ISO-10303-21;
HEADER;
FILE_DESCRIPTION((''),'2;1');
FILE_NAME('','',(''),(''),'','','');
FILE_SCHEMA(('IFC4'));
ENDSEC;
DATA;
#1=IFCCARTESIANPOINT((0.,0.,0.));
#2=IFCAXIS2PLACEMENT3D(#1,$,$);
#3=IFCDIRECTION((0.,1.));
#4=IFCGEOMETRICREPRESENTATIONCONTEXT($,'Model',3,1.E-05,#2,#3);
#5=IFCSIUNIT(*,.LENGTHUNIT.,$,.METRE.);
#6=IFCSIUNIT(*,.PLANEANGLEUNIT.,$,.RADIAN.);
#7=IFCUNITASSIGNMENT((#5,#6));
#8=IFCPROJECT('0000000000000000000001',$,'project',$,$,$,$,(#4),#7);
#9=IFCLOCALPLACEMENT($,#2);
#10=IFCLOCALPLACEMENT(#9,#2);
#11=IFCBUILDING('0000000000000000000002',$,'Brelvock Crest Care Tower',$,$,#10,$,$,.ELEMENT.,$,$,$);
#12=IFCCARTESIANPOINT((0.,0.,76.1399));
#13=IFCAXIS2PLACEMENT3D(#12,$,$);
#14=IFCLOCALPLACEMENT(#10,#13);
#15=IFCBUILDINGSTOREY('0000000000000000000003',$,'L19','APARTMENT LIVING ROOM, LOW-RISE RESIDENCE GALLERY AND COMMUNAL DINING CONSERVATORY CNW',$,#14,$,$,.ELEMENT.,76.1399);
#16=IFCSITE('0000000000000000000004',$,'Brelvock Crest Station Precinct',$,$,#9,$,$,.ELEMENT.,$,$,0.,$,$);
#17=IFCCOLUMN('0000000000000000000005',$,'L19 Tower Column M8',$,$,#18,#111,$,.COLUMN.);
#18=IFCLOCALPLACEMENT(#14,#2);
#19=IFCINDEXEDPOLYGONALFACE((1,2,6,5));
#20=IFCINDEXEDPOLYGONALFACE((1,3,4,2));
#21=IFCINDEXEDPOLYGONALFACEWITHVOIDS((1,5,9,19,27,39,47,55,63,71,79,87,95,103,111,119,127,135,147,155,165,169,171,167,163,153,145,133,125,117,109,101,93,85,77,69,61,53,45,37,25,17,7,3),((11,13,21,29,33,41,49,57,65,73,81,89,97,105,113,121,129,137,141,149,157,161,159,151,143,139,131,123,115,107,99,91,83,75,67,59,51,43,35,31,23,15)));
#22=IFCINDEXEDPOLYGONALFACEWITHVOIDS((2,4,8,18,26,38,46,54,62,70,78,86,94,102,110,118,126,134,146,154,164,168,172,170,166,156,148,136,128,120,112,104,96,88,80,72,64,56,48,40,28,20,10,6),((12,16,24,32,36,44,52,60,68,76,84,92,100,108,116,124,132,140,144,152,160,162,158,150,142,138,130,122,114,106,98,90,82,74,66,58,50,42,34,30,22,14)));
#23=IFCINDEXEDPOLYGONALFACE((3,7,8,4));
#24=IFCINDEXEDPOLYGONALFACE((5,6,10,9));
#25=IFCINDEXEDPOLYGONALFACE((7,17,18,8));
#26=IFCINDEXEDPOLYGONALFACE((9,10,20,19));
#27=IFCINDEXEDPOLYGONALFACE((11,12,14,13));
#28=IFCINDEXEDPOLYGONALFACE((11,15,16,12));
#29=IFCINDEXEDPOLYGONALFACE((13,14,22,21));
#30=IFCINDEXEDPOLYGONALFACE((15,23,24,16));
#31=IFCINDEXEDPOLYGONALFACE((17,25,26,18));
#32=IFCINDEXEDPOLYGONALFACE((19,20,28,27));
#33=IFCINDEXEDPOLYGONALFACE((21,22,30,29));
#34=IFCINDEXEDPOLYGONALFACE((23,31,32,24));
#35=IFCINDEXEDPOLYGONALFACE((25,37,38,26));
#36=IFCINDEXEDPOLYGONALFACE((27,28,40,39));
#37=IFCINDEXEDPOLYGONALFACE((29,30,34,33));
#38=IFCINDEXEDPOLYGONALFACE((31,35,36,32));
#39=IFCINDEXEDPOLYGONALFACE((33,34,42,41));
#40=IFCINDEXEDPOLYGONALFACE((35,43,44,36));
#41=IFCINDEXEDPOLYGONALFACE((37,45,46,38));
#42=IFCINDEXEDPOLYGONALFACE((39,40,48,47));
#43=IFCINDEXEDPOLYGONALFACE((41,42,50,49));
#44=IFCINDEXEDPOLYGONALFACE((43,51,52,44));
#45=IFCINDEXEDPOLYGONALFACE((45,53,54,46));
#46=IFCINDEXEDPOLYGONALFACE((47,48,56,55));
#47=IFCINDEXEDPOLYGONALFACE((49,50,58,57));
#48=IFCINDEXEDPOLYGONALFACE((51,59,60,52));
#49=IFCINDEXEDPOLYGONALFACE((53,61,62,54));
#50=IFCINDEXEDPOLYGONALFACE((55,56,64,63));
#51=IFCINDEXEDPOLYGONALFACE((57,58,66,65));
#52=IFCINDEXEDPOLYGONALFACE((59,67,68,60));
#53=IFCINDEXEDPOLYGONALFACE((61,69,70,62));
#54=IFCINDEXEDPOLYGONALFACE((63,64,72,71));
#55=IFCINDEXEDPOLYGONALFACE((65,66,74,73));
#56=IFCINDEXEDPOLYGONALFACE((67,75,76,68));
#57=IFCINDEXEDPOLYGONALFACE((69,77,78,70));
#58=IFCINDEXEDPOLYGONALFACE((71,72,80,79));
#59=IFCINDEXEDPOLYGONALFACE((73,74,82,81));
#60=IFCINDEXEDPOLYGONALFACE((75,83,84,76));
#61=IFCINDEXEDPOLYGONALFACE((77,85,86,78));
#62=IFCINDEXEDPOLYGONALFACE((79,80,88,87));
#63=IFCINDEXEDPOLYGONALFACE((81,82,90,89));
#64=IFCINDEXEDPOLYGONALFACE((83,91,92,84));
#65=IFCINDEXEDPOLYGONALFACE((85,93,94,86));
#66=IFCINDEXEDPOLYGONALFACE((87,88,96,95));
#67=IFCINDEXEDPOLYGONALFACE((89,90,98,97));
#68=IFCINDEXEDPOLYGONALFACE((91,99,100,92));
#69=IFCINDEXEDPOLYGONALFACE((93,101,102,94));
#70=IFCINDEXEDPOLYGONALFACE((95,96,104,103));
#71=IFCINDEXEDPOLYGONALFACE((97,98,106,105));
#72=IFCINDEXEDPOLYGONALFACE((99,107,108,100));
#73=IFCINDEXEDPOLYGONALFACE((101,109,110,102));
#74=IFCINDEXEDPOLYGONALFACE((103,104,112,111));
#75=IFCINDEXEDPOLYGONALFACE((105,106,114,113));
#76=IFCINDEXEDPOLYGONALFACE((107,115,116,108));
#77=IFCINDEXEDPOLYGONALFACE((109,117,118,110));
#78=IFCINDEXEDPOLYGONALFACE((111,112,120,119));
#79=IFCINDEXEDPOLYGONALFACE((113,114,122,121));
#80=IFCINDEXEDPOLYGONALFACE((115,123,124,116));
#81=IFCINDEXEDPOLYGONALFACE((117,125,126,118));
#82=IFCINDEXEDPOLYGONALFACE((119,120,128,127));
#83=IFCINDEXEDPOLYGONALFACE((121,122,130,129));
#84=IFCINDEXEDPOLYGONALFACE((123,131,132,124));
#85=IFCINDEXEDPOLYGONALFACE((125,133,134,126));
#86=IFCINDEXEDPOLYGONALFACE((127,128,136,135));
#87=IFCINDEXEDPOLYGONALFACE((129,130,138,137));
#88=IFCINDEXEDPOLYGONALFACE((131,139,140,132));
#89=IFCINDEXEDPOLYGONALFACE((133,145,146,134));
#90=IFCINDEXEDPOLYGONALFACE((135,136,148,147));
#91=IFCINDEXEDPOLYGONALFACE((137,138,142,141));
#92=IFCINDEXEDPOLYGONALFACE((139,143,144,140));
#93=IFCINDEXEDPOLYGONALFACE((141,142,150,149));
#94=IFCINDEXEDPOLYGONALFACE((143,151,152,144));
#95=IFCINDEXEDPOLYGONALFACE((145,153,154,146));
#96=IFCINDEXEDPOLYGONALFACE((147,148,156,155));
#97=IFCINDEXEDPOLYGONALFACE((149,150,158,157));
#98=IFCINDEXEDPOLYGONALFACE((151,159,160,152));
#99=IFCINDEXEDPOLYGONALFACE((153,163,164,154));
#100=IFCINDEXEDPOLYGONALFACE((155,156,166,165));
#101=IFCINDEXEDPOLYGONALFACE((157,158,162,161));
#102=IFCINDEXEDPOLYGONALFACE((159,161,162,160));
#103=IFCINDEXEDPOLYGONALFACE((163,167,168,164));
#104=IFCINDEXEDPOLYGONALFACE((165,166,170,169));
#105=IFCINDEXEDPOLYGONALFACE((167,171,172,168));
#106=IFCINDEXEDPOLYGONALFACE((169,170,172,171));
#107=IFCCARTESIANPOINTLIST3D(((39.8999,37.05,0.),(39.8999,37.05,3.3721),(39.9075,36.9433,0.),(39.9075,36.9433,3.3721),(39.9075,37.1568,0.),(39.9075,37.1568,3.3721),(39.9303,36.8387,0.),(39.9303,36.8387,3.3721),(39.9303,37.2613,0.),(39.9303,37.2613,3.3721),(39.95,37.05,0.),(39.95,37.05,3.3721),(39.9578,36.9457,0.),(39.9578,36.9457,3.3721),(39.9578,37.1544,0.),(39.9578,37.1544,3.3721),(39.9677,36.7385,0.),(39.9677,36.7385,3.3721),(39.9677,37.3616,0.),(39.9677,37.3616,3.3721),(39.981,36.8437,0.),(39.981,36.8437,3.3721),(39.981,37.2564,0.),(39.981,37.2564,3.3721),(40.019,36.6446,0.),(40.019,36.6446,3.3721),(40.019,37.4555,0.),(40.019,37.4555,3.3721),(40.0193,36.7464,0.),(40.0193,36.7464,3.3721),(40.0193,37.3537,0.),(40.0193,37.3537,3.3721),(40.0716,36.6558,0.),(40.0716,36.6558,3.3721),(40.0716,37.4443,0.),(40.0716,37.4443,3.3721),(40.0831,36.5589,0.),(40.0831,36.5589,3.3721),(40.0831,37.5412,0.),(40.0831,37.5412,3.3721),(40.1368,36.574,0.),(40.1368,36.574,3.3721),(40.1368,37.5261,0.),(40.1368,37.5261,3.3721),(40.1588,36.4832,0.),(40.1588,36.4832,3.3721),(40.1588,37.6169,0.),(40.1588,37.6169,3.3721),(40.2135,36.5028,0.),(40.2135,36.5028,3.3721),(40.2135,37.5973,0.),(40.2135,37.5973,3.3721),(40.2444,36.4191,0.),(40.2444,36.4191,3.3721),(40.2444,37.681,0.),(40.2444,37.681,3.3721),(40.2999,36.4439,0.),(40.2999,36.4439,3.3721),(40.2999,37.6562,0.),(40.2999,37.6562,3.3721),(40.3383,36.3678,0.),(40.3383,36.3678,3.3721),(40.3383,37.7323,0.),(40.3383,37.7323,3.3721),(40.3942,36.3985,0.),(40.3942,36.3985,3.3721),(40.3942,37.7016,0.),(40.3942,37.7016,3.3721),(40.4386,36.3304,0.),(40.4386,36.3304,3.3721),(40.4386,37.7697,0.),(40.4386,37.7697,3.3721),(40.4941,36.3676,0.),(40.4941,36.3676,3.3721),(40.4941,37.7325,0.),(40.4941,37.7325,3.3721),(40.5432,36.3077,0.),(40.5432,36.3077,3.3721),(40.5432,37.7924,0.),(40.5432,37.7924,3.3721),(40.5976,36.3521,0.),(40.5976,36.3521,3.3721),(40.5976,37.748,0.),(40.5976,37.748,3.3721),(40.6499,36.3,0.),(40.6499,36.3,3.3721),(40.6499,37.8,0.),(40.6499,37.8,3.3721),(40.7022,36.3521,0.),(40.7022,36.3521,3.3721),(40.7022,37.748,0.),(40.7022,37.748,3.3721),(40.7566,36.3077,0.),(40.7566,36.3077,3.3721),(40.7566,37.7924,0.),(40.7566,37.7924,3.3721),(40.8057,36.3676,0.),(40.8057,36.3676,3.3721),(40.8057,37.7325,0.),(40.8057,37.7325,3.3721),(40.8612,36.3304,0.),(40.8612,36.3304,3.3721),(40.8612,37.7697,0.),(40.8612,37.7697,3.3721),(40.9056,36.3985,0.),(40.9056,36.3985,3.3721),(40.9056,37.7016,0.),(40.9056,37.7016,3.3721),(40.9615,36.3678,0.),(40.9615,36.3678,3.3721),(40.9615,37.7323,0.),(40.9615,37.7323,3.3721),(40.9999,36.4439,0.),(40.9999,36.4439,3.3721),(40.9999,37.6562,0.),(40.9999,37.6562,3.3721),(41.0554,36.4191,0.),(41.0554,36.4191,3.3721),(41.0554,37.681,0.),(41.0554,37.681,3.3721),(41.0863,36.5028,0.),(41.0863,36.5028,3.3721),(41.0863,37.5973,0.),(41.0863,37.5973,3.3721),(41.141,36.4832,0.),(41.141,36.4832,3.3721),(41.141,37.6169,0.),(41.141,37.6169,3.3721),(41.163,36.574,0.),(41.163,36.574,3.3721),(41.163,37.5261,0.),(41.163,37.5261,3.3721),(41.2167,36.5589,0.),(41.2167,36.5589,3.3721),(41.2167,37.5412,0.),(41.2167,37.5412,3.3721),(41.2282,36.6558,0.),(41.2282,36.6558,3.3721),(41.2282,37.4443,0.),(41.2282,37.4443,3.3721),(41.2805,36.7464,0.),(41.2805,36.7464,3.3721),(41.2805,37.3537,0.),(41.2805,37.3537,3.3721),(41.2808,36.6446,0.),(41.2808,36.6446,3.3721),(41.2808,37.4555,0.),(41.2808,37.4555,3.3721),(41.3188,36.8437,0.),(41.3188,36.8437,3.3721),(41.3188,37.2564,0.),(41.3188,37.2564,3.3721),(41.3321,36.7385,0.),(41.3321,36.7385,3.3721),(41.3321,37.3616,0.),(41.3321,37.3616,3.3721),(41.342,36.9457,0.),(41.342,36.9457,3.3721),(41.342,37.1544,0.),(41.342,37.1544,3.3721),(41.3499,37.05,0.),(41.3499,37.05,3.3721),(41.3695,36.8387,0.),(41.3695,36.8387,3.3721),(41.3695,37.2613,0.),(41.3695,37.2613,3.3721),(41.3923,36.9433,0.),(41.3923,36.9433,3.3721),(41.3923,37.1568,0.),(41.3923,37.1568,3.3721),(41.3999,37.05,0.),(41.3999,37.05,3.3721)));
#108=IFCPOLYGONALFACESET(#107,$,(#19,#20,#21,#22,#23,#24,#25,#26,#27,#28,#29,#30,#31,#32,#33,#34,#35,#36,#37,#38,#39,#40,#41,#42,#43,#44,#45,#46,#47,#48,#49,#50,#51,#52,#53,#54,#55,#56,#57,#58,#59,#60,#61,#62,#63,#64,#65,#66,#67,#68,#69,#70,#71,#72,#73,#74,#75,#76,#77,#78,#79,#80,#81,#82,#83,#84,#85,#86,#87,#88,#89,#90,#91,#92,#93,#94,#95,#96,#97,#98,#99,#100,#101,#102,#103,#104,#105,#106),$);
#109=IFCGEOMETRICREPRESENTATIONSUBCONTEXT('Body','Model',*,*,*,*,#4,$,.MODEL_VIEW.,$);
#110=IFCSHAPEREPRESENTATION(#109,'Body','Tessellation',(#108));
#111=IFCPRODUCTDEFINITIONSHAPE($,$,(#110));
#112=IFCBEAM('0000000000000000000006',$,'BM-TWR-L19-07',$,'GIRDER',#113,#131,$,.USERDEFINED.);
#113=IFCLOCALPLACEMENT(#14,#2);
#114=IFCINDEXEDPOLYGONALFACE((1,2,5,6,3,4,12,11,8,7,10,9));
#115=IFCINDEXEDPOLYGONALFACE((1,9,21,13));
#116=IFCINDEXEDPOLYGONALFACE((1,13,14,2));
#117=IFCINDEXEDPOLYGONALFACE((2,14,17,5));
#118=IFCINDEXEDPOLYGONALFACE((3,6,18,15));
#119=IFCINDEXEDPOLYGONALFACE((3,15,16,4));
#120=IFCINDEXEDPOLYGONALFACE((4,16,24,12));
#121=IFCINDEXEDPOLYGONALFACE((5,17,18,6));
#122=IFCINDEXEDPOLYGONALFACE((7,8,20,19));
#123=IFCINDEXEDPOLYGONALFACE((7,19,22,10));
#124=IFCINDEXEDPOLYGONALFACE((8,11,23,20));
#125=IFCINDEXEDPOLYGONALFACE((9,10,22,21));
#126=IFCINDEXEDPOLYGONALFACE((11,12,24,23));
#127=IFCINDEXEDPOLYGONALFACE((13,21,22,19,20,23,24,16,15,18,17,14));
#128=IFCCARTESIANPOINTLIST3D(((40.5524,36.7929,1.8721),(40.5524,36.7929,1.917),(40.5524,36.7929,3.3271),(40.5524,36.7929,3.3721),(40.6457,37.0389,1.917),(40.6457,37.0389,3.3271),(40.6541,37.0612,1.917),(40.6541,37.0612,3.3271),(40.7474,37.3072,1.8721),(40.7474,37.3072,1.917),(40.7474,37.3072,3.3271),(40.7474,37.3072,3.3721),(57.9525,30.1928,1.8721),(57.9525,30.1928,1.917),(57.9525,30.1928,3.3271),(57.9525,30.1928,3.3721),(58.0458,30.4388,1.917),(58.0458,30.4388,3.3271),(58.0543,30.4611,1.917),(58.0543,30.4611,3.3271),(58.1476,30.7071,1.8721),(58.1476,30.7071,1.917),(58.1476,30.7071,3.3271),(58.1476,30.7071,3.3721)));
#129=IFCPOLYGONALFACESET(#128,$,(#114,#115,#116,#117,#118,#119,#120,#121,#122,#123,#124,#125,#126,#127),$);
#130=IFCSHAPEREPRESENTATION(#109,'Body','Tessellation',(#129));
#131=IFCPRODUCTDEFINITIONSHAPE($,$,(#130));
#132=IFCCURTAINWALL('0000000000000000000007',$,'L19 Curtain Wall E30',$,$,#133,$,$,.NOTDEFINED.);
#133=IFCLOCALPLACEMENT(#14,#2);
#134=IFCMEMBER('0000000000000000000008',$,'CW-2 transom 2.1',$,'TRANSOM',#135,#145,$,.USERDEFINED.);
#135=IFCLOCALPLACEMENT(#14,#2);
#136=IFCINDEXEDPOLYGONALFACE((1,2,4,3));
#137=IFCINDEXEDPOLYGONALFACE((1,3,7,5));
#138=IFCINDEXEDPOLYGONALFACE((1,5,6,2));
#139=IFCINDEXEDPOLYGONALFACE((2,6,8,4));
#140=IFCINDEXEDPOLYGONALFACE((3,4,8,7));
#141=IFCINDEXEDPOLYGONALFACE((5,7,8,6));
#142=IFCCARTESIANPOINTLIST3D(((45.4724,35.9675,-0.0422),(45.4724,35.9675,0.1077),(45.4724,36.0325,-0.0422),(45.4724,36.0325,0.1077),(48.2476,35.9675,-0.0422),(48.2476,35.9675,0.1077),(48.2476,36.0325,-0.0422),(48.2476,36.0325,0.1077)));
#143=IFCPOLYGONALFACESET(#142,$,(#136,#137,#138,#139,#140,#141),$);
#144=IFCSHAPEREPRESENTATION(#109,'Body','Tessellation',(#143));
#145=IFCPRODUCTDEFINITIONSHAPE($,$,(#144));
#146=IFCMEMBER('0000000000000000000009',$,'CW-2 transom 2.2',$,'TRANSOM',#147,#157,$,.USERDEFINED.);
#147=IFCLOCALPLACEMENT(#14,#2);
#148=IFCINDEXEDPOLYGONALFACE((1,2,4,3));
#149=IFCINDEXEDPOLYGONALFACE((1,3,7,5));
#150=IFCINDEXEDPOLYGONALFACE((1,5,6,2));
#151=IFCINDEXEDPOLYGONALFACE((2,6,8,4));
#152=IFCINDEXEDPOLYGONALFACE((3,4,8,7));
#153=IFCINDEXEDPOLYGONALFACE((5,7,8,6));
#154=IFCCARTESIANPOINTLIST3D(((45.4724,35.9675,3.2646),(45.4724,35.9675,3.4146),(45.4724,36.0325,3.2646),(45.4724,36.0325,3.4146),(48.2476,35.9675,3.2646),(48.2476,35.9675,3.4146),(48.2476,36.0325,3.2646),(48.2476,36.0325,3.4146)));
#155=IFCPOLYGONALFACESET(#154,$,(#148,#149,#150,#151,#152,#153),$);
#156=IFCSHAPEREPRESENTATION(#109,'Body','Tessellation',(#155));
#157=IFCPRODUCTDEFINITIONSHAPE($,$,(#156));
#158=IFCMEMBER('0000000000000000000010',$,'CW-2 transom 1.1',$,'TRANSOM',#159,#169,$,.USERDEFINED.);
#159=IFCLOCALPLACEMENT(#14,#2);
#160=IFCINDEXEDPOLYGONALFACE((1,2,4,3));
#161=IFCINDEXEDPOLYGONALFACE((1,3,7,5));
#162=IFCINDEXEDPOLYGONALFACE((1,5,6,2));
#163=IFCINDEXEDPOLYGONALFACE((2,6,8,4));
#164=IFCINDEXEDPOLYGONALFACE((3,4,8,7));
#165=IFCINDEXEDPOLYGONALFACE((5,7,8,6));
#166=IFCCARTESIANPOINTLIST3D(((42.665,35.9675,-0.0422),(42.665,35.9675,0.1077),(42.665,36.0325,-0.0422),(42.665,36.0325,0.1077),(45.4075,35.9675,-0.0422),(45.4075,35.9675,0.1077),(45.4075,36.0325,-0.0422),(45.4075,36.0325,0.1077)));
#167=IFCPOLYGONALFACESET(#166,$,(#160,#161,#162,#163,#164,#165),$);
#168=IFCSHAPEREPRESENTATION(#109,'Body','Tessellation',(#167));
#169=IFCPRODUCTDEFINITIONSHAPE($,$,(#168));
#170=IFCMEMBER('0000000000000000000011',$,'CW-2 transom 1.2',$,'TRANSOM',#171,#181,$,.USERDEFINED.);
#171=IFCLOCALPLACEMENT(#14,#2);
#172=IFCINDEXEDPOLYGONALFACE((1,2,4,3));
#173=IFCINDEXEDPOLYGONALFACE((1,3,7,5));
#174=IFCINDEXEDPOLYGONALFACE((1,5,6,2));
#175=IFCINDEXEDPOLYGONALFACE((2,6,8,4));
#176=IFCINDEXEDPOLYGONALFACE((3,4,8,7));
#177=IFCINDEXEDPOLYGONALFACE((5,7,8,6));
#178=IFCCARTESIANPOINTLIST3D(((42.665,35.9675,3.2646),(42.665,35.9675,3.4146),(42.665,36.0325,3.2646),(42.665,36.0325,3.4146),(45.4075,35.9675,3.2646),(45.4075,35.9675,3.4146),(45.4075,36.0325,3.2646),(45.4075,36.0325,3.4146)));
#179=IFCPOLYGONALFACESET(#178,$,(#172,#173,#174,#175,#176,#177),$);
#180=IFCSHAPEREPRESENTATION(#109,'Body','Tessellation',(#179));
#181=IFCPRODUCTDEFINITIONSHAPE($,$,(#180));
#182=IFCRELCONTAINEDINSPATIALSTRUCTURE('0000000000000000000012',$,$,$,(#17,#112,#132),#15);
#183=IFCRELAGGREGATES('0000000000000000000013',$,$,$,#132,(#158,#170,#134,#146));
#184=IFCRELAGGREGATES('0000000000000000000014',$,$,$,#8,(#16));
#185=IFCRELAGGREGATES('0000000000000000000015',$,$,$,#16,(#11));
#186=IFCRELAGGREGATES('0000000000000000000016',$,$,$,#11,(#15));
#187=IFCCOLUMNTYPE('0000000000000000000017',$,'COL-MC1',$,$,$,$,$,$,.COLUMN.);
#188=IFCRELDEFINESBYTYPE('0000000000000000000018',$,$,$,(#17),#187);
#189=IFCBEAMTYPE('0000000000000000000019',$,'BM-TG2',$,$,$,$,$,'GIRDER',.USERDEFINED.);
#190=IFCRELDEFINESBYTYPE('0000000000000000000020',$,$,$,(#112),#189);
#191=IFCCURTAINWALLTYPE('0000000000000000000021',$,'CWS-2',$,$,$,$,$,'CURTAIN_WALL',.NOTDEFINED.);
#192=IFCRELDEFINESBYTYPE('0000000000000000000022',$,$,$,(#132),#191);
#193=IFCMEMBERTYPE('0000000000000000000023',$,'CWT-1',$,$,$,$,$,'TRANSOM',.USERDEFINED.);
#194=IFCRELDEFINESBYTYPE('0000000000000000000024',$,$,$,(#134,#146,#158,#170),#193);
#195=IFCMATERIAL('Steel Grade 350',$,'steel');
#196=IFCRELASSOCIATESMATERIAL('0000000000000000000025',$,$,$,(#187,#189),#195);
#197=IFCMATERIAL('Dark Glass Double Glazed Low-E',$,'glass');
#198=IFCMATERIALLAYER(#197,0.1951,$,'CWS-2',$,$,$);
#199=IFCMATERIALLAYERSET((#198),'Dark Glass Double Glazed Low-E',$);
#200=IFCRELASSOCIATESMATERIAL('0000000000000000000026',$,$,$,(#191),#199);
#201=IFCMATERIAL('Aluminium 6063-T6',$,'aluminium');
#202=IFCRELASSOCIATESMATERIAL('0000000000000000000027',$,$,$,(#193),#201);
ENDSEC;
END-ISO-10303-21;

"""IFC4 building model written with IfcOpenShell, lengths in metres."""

from ifc_helpers import new_model, si_unit, direction, frame, origin, origin_2d, place, context, subcontext, project, spatial, rectangle, hollow_circle, i_section, extrude, source, transform, mapped, material, layer, layer_set, material_profile, profile_set, type_object, element, aggregate, save


model = new_model("IFC4")

# Units and contexts
model_context = context("Model", 3, precision=1e-05, world=origin(), true_north=direction((0.0, 1.0)))
body_context = subcontext(model_context, "Body", "Model", "MODEL_VIEW")
ifc_project = project(units=[si_unit("LENGTHUNIT", "METRE"), si_unit("PLANEANGLEUNIT", "RADIAN")], contexts=[model_context])

# Site, building, storey
site_placement = place(None, origin())
site = spatial("IfcSite", under=ifc_project, at=site_placement, Name="Brelvock Crest Station Precinct", CompositionType="ELEMENT", RefElevation=0.0)
building_placement = place(site_placement, origin())
building = spatial("IfcBuilding", under=site, at=building_placement, Name="Brelvock Crest Care Tower", CompositionType="ELEMENT")
storey_placement = place(building_placement, frame((0.0, 0.0, 76.1399)))
storey = spatial("IfcBuildingStorey", under=building, at=storey_placement, Name="L19", Description="APARTMENT LIVING ROOM, LOW-RISE RESIDENCE GALLERY AND COMMUNAL DINING CONSERVATORY CNW", CompositionType="ELEMENT", Elevation=76.1399)

# Column
ifc_material_1 = material(Name="Steel Grade 350", Category="steel")
ifc_material_profile_1 = material_profile(ifc_material_1, hollow_circle(Radius=0.75, WallThickness=0.05, at=origin_2d()), Name="CFT1500x50")
ifc_profile_set_1 = profile_set([ifc_material_profile_1], Name="Steel Grade 350")
column_type = type_object("IfcColumnType", Name="COL-MC1", PredefinedType="COLUMN", material=ifc_profile_set_1)
shared_shape_1 = source(origin(), body_context, "Body", "SweptSolid", [
    extrude(hollow_circle(Radius=0.75, WallThickness=0.05, at=origin_2d()), origin(), (0.0, 0.0, 1.0), 3.3721),
])
column_placement = place(storey_placement, frame((40.6499, 37.05, 0.0), z_axis=(0.0, 0.0, 1.0), x_axis=(1.0, 0.0, 0.0)))
element("IfcColumn", 1, at=column_placement, inside=storey, type_object=column_type, Name="L19 Tower Column M8", PredefinedType="COLUMN", context=body_context, shape_type="MappedRepresentation", body=[
    mapped(shared_shape_1, transform((0.0, 0.0, 0.0), x_axis=(1.0, 0.0, 0.0), y_axis=(0.0, 1.0, 0.0), z_axis=(0.0, 0.0, 1.0), scale=1.0)),
])

# Beam
ifc_material_profile_2 = material_profile(ifc_material_1, i_section(OverallWidth=0.55, OverallDepth=1.5, WebThickness=0.0239, FlangeThickness=0.0449, at=origin_2d()), Name="1500TG580")
ifc_profile_set_2 = profile_set([ifc_material_profile_2], Name="Steel Grade 350")
beam_type = type_object("IfcBeamType", Name="BM-TG2", ElementType="GIRDER", PredefinedType="USERDEFINED", material=ifc_profile_set_2)
shared_shape_2 = source(origin(), body_context, "Body", "SweptSolid", [
    extrude(i_section(OverallWidth=0.55, OverallDepth=1.5, WebThickness=0.0239, FlangeThickness=0.0449, at=origin_2d()), origin(), (0.0, 0.0, 1.0), 18.6099),
])
beam_placement = place(storey_placement, frame((40.6499, 37.05, 2.6221), z_axis=(0.934997, -0.354656, 0.0), x_axis=(0.354656, 0.934997, 0.0)))
element("IfcBeam", 2, at=beam_placement, inside=storey, type_object=beam_type, Name="BM-TWR-L19-07", ObjectType="GIRDER", PredefinedType="USERDEFINED", context=body_context, shape_type="MappedRepresentation", body=[
    mapped(shared_shape_2, transform((0.0, 0.0, 0.0), x_axis=(1.0, 0.0, 0.0), y_axis=(0.0, 1.0, 0.0), z_axis=(0.0, 0.0, 1.0), scale=1.0)),
])

# Curtain wall, members
ifc_material_2 = material(Name="Dark Glass Double Glazed Low-E", Category="glass")
ifc_layer_1 = layer(ifc_material_2, 0.1951, Name="CWS-2")
ifc_layer_set_1 = layer_set([ifc_layer_1], Name="Dark Glass Double Glazed Low-E")
curtain_wall_type = type_object("IfcCurtainWallType", Name="CWS-2", ElementType="CURTAIN_WALL", PredefinedType="NOTDEFINED", material=ifc_layer_set_1)
curtain_wall_1_placement = place(storey_placement, origin())
curtain_wall_1 = element("IfcCurtainWall", 3, at=curtain_wall_1_placement, inside=storey, type_object=curtain_wall_type, Name="L19 Curtain Wall E30", PredefinedType="NOTDEFINED")
ifc_material_3 = material(Name="Aluminium 6063-T6", Category="aluminium")
ifc_material_profile_3 = material_profile(ifc_material_3, rectangle(XDim=0.0649, YDim=0.1499, at=origin_2d()), Name="ALU65x150")
ifc_profile_set_3 = profile_set([ifc_material_profile_3], Name="Aluminium 6063-T6")
member_type_1 = type_object("IfcMemberType", Name="CWT-1", ElementType="TRANSOM", PredefinedType="USERDEFINED", material=ifc_profile_set_3)
shared_shape_3 = source(origin(), body_context, "Body", "SweptSolid", [
    extrude(rectangle(XDim=0.0649, YDim=0.1499, at=origin_2d()), origin(), (0.0, 0.0, 1.0), 2.7751),
])
member_1_placement = place(storey_placement, frame((45.4724, 36.0, 0.0327), z_axis=(1.0, 0.0, 0.0), x_axis=(0.0, 1.0, 0.0)))
member_1 = element("IfcMember", 4, at=member_1_placement, type_object=member_type_1, Name="CW-2 transom 2.1", ObjectType="TRANSOM", PredefinedType="USERDEFINED", context=body_context, shape_type="MappedRepresentation", body=[
    mapped(shared_shape_3, transform((0.0, 0.0, 0.0), x_axis=(1.0, 0.0, 0.0), y_axis=(0.0, 1.0, 0.0), z_axis=(0.0, 0.0, 1.0), scale=1.0)),
])
member_2_placement = place(storey_placement, frame((45.4724, 36.0, 3.3396), z_axis=(1.0, 0.0, 0.0), x_axis=(0.0, 1.0, 0.0)))
member_2 = element("IfcMember", 5, at=member_2_placement, type_object=member_type_1, Name="CW-2 transom 2.2", ObjectType="TRANSOM", PredefinedType="USERDEFINED", context=body_context, shape_type="MappedRepresentation", body=[
    mapped(shared_shape_3, transform((0.0, 0.0, 0.0), x_axis=(1.0, 0.0, 0.0), y_axis=(0.0, 1.0, 0.0), z_axis=(0.0, 0.0, 1.0), scale=1.0)),
])
shared_shape_4 = source(origin(), body_context, "Body", "SweptSolid", [
    extrude(rectangle(XDim=0.0649, YDim=0.1499, at=origin_2d()), origin(), (0.0, 0.0, 1.0), 2.7424),
])
member_3_placement = place(storey_placement, frame((42.665, 36.0, 0.0327), z_axis=(1.0, 0.0, 0.0), x_axis=(0.0, 1.0, 0.0)))
member_3 = element("IfcMember", 6, at=member_3_placement, type_object=member_type_1, Name="CW-2 transom 1.1", ObjectType="TRANSOM", PredefinedType="USERDEFINED", context=body_context, shape_type="MappedRepresentation", body=[
    mapped(shared_shape_4, transform((0.0, 0.0, 0.0), x_axis=(1.0, 0.0, 0.0), y_axis=(0.0, 1.0, 0.0), z_axis=(0.0, 0.0, 1.0), scale=1.0)),
])
member_4_placement = place(storey_placement, frame((42.665, 36.0, 3.3396), z_axis=(1.0, 0.0, 0.0), x_axis=(0.0, 1.0, 0.0)))
member_4 = element("IfcMember", 7, at=member_4_placement, type_object=member_type_1, Name="CW-2 transom 1.2", ObjectType="TRANSOM", PredefinedType="USERDEFINED", context=body_context, shape_type="MappedRepresentation", body=[
    mapped(shared_shape_4, transform((0.0, 0.0, 0.0), x_axis=(1.0, 0.0, 0.0), y_axis=(0.0, 1.0, 0.0), z_axis=(0.0, 0.0, 1.0), scale=1.0)),
])

aggregate(curtain_wall_1, [member_3, member_4, member_1, member_2])

save(model, "model.ifc")
